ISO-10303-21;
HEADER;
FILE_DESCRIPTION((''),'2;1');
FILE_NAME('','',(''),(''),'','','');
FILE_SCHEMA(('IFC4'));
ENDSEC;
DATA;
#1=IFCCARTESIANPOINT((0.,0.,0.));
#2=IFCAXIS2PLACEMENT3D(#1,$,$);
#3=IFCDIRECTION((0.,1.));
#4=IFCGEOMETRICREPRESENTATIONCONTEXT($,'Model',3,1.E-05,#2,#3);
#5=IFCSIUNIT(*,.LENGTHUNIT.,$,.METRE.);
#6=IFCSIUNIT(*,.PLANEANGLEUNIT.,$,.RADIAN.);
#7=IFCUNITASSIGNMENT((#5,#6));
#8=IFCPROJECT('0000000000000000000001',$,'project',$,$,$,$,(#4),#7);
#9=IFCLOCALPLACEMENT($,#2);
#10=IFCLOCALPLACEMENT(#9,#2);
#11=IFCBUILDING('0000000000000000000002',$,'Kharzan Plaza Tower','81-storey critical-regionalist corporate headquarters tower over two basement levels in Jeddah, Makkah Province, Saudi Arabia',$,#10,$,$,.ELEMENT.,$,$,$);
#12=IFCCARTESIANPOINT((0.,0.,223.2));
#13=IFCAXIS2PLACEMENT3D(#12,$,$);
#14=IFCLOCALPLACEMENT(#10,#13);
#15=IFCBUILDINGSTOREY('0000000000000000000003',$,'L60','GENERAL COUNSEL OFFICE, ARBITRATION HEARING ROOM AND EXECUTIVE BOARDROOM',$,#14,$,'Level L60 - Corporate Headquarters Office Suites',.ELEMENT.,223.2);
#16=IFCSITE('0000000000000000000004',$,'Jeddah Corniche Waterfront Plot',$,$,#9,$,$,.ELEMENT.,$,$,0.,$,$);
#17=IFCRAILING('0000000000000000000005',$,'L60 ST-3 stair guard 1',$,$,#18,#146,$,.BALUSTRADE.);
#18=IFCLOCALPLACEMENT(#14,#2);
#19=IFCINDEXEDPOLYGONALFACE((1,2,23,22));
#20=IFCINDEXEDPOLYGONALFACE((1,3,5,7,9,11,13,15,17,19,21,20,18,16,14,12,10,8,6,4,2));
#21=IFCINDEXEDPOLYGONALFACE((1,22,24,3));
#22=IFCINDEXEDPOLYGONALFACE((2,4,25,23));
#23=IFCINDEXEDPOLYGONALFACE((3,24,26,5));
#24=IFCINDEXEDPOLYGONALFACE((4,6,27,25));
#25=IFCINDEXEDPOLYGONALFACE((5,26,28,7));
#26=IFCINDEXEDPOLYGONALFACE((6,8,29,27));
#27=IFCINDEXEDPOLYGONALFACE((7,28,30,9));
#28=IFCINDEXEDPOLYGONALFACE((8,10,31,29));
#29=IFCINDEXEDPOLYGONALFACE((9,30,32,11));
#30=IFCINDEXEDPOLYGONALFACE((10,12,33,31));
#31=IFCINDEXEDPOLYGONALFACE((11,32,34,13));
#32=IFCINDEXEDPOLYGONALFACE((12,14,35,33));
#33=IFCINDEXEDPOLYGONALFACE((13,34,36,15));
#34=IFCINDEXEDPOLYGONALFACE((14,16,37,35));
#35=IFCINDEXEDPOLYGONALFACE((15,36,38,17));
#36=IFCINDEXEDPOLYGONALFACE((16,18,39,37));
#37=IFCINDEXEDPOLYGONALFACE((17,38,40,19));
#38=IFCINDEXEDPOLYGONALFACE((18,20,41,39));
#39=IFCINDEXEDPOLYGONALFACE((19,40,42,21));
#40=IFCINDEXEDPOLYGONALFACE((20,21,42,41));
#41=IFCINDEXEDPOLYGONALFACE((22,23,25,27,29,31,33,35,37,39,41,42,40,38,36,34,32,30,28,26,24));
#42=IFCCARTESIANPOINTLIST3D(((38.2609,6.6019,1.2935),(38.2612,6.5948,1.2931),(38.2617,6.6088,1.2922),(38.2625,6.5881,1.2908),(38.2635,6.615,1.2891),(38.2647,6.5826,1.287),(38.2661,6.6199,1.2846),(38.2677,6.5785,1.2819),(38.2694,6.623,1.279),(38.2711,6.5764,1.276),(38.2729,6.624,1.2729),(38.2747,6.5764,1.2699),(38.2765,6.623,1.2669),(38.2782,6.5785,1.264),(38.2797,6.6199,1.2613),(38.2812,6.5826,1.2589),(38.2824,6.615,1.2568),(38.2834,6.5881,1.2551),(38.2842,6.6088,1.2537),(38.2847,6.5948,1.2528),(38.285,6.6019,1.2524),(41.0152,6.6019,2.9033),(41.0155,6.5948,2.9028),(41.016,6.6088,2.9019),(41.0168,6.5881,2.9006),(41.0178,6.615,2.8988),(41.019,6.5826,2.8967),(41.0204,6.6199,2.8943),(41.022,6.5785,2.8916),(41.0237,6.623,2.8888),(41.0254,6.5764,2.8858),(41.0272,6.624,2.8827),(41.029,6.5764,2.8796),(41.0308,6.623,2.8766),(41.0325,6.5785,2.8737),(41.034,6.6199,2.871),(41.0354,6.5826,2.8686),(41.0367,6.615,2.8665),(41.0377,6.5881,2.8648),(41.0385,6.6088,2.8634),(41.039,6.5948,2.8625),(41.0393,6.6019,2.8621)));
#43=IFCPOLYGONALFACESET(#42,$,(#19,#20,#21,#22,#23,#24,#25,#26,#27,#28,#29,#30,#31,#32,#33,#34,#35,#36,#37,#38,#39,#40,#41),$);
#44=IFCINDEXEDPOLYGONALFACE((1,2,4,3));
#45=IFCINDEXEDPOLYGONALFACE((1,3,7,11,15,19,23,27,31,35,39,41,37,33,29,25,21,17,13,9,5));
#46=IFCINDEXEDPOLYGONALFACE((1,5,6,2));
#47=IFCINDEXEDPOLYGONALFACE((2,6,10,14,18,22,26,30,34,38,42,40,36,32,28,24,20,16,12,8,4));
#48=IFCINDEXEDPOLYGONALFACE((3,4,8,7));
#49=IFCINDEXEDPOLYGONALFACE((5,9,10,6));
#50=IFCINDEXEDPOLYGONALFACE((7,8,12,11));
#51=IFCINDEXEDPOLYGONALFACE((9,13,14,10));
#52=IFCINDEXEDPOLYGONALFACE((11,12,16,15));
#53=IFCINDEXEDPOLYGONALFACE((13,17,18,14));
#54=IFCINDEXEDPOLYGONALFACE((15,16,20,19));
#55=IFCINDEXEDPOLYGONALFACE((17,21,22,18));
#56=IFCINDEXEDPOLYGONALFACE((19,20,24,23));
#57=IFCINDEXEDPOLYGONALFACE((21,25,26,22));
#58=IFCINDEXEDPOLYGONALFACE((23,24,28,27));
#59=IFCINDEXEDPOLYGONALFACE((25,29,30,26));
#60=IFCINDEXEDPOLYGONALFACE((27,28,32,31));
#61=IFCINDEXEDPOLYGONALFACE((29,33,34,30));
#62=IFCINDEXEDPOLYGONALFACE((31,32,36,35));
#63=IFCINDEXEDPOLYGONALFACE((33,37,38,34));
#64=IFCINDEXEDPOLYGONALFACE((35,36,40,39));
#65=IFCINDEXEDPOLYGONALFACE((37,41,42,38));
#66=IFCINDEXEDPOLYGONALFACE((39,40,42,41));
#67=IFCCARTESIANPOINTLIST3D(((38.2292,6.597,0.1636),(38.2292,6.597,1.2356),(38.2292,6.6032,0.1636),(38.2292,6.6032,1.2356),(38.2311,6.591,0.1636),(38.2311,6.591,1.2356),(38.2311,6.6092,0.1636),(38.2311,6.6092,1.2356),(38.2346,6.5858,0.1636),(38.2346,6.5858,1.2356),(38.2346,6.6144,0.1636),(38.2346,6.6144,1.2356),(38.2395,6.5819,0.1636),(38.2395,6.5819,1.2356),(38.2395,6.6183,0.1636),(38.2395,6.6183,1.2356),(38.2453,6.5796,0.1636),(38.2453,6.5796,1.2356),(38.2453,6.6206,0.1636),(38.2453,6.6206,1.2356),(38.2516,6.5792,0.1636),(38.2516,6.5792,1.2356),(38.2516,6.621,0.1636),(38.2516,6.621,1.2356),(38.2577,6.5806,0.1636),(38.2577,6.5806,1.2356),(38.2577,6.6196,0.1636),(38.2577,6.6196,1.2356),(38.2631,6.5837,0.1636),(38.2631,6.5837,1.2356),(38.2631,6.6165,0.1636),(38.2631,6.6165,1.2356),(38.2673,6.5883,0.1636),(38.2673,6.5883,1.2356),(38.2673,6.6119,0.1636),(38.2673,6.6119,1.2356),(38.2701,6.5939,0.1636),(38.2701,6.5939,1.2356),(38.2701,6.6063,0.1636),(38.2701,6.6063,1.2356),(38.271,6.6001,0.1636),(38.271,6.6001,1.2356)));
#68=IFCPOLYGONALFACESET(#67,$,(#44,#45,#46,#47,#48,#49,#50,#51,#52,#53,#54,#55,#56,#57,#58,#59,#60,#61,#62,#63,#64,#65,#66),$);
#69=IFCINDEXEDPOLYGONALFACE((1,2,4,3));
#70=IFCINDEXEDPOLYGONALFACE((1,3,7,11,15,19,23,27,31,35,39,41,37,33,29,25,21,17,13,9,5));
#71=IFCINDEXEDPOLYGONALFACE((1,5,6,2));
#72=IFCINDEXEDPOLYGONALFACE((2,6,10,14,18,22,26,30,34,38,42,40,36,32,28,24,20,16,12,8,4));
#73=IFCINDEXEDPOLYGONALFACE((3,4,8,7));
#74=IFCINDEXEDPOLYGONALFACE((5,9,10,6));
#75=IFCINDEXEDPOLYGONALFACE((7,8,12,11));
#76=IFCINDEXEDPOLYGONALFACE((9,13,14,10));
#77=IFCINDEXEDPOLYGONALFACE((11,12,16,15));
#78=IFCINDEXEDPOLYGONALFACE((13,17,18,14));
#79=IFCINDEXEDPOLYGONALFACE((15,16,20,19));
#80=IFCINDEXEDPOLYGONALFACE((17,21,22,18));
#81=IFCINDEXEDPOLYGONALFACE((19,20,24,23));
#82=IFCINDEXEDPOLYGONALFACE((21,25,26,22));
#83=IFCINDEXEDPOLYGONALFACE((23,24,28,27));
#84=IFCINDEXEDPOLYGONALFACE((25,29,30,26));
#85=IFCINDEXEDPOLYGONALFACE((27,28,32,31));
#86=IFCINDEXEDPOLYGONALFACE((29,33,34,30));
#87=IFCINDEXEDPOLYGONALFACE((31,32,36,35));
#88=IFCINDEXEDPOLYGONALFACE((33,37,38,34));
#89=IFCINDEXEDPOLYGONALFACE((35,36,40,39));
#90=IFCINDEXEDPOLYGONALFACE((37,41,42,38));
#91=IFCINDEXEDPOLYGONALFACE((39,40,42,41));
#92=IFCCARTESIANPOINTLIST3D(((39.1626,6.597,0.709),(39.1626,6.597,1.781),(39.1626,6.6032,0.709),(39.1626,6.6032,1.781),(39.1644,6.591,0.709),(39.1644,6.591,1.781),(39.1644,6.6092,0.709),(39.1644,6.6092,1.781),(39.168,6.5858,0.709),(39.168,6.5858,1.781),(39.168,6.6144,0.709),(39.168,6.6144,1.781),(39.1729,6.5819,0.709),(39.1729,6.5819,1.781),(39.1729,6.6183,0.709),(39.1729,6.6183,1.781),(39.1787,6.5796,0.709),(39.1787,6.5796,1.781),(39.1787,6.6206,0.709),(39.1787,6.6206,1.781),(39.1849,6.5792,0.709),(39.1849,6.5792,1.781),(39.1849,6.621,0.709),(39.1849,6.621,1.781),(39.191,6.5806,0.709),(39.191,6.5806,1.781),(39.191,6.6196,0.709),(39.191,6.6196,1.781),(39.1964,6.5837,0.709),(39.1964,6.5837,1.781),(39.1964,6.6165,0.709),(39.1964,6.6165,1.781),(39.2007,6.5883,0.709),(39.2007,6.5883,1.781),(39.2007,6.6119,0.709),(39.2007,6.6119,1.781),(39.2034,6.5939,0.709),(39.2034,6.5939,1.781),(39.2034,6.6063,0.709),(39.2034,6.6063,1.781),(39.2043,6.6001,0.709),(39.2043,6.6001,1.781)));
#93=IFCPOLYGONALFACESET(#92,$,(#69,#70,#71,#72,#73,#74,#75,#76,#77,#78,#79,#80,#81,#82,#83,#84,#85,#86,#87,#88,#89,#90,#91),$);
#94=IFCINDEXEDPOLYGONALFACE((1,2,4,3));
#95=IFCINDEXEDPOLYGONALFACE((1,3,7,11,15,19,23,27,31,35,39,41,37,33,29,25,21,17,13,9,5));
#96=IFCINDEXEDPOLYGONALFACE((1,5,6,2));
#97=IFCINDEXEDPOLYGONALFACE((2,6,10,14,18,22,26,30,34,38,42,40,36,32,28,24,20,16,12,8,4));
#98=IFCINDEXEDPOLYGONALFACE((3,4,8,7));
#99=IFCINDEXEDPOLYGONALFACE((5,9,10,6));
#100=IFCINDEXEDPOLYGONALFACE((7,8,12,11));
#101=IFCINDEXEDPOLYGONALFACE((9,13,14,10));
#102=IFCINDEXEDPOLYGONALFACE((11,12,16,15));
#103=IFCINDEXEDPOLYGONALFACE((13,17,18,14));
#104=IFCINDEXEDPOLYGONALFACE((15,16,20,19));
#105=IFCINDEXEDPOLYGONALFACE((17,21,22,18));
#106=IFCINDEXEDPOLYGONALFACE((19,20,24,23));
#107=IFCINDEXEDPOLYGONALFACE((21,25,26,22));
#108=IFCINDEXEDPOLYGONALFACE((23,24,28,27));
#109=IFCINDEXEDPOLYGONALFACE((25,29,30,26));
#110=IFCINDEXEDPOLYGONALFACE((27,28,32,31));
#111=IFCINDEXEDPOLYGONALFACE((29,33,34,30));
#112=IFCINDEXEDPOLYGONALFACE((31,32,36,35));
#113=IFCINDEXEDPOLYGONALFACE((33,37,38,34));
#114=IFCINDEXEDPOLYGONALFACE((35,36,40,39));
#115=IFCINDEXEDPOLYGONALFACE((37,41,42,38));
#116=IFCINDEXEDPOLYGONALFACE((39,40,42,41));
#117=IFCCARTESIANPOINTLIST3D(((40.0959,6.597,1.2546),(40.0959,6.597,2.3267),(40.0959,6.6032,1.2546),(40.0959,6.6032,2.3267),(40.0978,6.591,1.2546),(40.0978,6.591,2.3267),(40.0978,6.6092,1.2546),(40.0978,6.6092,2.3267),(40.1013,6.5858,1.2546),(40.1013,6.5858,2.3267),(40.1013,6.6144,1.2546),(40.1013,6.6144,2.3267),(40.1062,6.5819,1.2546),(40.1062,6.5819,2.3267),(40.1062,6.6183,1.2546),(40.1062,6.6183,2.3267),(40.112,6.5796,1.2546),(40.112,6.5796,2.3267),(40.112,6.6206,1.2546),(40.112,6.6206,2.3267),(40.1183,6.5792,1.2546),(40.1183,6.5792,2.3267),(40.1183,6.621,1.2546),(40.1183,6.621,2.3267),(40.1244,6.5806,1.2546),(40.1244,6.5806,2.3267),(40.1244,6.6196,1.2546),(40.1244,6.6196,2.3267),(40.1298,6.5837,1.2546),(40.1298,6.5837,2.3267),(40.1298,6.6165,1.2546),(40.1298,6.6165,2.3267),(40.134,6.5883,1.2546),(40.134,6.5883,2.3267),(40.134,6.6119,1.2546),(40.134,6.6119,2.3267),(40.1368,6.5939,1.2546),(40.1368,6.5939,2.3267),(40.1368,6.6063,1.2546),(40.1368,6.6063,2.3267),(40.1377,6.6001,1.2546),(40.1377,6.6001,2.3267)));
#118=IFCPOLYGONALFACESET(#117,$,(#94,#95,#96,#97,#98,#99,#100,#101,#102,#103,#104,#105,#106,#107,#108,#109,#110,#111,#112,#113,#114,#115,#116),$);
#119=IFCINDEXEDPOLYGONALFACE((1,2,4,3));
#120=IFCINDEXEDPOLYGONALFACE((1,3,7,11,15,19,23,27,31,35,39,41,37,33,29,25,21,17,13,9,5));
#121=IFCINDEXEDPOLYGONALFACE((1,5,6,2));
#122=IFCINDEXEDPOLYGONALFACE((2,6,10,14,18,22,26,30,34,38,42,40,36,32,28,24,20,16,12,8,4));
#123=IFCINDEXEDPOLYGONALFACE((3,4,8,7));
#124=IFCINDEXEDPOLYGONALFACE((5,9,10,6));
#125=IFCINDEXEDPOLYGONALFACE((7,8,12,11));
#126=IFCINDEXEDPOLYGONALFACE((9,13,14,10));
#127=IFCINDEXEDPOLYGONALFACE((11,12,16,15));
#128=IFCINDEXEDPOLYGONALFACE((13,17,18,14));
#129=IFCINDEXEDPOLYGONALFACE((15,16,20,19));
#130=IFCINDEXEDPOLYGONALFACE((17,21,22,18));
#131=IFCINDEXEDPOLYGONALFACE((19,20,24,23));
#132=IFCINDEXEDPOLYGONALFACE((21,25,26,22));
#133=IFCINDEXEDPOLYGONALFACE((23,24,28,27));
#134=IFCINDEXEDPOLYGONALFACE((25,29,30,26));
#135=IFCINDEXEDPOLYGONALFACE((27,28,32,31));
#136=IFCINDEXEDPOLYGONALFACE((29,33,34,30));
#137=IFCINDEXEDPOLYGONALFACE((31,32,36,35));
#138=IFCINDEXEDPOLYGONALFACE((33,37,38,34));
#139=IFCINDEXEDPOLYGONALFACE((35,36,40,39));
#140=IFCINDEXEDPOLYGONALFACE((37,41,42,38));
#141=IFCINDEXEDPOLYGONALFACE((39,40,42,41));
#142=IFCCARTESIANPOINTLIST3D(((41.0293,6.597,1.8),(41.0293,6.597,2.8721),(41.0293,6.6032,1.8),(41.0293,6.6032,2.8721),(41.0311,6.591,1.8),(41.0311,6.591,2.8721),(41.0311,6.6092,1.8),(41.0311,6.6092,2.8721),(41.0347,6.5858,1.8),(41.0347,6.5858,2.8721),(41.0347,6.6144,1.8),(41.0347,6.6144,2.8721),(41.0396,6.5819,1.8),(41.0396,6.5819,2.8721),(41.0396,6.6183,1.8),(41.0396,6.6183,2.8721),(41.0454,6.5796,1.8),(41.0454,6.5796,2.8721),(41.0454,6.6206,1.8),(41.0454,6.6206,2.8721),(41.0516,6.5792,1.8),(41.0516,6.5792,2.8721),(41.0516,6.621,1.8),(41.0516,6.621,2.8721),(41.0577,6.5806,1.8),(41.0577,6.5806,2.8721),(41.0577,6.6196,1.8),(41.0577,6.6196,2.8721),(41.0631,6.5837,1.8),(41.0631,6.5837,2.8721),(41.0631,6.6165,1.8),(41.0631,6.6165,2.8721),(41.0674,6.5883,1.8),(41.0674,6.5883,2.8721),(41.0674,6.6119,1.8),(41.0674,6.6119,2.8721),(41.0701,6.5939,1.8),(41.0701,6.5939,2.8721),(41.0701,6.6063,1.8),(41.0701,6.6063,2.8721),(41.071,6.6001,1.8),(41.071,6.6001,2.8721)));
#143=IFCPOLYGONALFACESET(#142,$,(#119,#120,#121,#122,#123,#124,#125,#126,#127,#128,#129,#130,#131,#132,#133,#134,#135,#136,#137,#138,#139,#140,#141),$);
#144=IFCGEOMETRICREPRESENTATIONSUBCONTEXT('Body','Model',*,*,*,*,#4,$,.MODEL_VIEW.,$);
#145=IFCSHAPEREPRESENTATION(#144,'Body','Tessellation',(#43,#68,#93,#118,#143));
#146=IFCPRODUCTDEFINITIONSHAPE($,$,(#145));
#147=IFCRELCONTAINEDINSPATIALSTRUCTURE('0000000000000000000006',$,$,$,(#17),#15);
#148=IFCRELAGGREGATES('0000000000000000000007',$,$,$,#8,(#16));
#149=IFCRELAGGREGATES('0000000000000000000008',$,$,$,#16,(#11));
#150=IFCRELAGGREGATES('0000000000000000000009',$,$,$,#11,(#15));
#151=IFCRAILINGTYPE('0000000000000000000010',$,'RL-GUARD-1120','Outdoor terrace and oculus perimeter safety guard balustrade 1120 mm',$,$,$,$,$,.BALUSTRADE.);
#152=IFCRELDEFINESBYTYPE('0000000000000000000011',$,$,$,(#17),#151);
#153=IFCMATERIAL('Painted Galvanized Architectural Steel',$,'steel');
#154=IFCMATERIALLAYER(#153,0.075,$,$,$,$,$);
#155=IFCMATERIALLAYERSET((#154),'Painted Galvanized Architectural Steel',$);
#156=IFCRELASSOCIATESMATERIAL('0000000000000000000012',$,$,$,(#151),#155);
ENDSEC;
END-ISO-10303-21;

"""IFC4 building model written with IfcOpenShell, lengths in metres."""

from ifc_helpers import new_model, si_unit, direction, frame, origin, origin_2d, place, context, subcontext, project, spatial, circle, extrude, source, transform, mapped, material, layer, layer_set, type_object, element, save


model = new_model("IFC4")

# Units and contexts
model_context = context("Model", 3, precision=1e-05, world=origin(), true_north=direction((0.0, 1.0)))
body_context = subcontext(model_context, "Body", "Model", "MODEL_VIEW")
ifc_project = project(units=[si_unit("LENGTHUNIT", "METRE"), si_unit("PLANEANGLEUNIT", "RADIAN")], contexts=[model_context])

# Site, building, storey
site_placement = place(None, origin())
site = spatial("IfcSite", under=ifc_project, at=site_placement, Name="Jeddah Corniche Waterfront Plot", CompositionType="ELEMENT", RefElevation=0.0)
building_placement = place(site_placement, origin())
building = spatial("IfcBuilding", under=site, at=building_placement, Name="Kharzan Plaza Tower", Description="81-storey critical-regionalist corporate headquarters tower over two basement levels in Jeddah, Makkah Province, Saudi Arabia", CompositionType="ELEMENT")
storey_placement = place(building_placement, frame((0.0, 0.0, 223.2)))
storey = spatial("IfcBuildingStorey", under=building, at=storey_placement, Name="L60", Description="GENERAL COUNSEL OFFICE, ARBITRATION HEARING ROOM AND EXECUTIVE BOARDROOM", LongName="Level L60 - Corporate Headquarters Office Suites", CompositionType="ELEMENT", Elevation=223.2)

# Railing
ifc_material_1 = material(Name="Painted Galvanized Architectural Steel", Category="steel")
ifc_layer_1 = layer(ifc_material_1, 0.075)
ifc_layer_set_1 = layer_set([ifc_layer_1], Name="Painted Galvanized Architectural Steel")
railing_type_1 = type_object("IfcRailingType", Name="RL-GUARD-1120", Description="Outdoor terrace and oculus perimeter safety guard balustrade 1120 mm", PredefinedType="BALUSTRADE", material=ifc_layer_set_1)
shared_shape_1 = source(origin(), body_context, "Body", "SweptSolid", [
    extrude(circle(Radius=0.0239, at=origin_2d()), frame((0.0229, 0.0, 1.1094), z_axis=(0.863361, 0.0, 0.504587), x_axis=(0.0, 1.0, 0.0)), (0.0, 0.0, 1.0), 3.1902),
    extrude(circle(Radius=0.021, at=origin_2d()), origin(), (0.0, 0.0, 1.0), 1.072),
    extrude(circle(Radius=0.021, at=origin_2d()), frame((0.9333, 0.0, 0.5454)), (0.0, 0.0, 1.0), 1.072),
    extrude(circle(Radius=0.021, at=origin_2d()), frame((1.8667, 0.0, 1.0911)), (0.0, 0.0, 1.0), 1.072),
    extrude(circle(Radius=0.021, at=origin_2d()), frame((2.8, 0.0, 1.6365)), (0.0, 0.0, 1.0), 1.072),
])
railing_1_placement = place(storey_placement, frame((38.25, 6.6001, 0.1636)))
element("IfcRailing", 1, at=railing_1_placement, inside=storey, type_object=railing_type_1, Name="L60 ST-3 stair guard 1", PredefinedType="BALUSTRADE", context=body_context, shape_type="MappedRepresentation", body=[
    mapped(shared_shape_1, transform((0.0, 0.0, 0.0), x_axis=(1.0, 0.0, 0.0), y_axis=(0.0, 1.0, 0.0), z_axis=(0.0, 0.0, 1.0))),
])

save(model, "model.ifc")
